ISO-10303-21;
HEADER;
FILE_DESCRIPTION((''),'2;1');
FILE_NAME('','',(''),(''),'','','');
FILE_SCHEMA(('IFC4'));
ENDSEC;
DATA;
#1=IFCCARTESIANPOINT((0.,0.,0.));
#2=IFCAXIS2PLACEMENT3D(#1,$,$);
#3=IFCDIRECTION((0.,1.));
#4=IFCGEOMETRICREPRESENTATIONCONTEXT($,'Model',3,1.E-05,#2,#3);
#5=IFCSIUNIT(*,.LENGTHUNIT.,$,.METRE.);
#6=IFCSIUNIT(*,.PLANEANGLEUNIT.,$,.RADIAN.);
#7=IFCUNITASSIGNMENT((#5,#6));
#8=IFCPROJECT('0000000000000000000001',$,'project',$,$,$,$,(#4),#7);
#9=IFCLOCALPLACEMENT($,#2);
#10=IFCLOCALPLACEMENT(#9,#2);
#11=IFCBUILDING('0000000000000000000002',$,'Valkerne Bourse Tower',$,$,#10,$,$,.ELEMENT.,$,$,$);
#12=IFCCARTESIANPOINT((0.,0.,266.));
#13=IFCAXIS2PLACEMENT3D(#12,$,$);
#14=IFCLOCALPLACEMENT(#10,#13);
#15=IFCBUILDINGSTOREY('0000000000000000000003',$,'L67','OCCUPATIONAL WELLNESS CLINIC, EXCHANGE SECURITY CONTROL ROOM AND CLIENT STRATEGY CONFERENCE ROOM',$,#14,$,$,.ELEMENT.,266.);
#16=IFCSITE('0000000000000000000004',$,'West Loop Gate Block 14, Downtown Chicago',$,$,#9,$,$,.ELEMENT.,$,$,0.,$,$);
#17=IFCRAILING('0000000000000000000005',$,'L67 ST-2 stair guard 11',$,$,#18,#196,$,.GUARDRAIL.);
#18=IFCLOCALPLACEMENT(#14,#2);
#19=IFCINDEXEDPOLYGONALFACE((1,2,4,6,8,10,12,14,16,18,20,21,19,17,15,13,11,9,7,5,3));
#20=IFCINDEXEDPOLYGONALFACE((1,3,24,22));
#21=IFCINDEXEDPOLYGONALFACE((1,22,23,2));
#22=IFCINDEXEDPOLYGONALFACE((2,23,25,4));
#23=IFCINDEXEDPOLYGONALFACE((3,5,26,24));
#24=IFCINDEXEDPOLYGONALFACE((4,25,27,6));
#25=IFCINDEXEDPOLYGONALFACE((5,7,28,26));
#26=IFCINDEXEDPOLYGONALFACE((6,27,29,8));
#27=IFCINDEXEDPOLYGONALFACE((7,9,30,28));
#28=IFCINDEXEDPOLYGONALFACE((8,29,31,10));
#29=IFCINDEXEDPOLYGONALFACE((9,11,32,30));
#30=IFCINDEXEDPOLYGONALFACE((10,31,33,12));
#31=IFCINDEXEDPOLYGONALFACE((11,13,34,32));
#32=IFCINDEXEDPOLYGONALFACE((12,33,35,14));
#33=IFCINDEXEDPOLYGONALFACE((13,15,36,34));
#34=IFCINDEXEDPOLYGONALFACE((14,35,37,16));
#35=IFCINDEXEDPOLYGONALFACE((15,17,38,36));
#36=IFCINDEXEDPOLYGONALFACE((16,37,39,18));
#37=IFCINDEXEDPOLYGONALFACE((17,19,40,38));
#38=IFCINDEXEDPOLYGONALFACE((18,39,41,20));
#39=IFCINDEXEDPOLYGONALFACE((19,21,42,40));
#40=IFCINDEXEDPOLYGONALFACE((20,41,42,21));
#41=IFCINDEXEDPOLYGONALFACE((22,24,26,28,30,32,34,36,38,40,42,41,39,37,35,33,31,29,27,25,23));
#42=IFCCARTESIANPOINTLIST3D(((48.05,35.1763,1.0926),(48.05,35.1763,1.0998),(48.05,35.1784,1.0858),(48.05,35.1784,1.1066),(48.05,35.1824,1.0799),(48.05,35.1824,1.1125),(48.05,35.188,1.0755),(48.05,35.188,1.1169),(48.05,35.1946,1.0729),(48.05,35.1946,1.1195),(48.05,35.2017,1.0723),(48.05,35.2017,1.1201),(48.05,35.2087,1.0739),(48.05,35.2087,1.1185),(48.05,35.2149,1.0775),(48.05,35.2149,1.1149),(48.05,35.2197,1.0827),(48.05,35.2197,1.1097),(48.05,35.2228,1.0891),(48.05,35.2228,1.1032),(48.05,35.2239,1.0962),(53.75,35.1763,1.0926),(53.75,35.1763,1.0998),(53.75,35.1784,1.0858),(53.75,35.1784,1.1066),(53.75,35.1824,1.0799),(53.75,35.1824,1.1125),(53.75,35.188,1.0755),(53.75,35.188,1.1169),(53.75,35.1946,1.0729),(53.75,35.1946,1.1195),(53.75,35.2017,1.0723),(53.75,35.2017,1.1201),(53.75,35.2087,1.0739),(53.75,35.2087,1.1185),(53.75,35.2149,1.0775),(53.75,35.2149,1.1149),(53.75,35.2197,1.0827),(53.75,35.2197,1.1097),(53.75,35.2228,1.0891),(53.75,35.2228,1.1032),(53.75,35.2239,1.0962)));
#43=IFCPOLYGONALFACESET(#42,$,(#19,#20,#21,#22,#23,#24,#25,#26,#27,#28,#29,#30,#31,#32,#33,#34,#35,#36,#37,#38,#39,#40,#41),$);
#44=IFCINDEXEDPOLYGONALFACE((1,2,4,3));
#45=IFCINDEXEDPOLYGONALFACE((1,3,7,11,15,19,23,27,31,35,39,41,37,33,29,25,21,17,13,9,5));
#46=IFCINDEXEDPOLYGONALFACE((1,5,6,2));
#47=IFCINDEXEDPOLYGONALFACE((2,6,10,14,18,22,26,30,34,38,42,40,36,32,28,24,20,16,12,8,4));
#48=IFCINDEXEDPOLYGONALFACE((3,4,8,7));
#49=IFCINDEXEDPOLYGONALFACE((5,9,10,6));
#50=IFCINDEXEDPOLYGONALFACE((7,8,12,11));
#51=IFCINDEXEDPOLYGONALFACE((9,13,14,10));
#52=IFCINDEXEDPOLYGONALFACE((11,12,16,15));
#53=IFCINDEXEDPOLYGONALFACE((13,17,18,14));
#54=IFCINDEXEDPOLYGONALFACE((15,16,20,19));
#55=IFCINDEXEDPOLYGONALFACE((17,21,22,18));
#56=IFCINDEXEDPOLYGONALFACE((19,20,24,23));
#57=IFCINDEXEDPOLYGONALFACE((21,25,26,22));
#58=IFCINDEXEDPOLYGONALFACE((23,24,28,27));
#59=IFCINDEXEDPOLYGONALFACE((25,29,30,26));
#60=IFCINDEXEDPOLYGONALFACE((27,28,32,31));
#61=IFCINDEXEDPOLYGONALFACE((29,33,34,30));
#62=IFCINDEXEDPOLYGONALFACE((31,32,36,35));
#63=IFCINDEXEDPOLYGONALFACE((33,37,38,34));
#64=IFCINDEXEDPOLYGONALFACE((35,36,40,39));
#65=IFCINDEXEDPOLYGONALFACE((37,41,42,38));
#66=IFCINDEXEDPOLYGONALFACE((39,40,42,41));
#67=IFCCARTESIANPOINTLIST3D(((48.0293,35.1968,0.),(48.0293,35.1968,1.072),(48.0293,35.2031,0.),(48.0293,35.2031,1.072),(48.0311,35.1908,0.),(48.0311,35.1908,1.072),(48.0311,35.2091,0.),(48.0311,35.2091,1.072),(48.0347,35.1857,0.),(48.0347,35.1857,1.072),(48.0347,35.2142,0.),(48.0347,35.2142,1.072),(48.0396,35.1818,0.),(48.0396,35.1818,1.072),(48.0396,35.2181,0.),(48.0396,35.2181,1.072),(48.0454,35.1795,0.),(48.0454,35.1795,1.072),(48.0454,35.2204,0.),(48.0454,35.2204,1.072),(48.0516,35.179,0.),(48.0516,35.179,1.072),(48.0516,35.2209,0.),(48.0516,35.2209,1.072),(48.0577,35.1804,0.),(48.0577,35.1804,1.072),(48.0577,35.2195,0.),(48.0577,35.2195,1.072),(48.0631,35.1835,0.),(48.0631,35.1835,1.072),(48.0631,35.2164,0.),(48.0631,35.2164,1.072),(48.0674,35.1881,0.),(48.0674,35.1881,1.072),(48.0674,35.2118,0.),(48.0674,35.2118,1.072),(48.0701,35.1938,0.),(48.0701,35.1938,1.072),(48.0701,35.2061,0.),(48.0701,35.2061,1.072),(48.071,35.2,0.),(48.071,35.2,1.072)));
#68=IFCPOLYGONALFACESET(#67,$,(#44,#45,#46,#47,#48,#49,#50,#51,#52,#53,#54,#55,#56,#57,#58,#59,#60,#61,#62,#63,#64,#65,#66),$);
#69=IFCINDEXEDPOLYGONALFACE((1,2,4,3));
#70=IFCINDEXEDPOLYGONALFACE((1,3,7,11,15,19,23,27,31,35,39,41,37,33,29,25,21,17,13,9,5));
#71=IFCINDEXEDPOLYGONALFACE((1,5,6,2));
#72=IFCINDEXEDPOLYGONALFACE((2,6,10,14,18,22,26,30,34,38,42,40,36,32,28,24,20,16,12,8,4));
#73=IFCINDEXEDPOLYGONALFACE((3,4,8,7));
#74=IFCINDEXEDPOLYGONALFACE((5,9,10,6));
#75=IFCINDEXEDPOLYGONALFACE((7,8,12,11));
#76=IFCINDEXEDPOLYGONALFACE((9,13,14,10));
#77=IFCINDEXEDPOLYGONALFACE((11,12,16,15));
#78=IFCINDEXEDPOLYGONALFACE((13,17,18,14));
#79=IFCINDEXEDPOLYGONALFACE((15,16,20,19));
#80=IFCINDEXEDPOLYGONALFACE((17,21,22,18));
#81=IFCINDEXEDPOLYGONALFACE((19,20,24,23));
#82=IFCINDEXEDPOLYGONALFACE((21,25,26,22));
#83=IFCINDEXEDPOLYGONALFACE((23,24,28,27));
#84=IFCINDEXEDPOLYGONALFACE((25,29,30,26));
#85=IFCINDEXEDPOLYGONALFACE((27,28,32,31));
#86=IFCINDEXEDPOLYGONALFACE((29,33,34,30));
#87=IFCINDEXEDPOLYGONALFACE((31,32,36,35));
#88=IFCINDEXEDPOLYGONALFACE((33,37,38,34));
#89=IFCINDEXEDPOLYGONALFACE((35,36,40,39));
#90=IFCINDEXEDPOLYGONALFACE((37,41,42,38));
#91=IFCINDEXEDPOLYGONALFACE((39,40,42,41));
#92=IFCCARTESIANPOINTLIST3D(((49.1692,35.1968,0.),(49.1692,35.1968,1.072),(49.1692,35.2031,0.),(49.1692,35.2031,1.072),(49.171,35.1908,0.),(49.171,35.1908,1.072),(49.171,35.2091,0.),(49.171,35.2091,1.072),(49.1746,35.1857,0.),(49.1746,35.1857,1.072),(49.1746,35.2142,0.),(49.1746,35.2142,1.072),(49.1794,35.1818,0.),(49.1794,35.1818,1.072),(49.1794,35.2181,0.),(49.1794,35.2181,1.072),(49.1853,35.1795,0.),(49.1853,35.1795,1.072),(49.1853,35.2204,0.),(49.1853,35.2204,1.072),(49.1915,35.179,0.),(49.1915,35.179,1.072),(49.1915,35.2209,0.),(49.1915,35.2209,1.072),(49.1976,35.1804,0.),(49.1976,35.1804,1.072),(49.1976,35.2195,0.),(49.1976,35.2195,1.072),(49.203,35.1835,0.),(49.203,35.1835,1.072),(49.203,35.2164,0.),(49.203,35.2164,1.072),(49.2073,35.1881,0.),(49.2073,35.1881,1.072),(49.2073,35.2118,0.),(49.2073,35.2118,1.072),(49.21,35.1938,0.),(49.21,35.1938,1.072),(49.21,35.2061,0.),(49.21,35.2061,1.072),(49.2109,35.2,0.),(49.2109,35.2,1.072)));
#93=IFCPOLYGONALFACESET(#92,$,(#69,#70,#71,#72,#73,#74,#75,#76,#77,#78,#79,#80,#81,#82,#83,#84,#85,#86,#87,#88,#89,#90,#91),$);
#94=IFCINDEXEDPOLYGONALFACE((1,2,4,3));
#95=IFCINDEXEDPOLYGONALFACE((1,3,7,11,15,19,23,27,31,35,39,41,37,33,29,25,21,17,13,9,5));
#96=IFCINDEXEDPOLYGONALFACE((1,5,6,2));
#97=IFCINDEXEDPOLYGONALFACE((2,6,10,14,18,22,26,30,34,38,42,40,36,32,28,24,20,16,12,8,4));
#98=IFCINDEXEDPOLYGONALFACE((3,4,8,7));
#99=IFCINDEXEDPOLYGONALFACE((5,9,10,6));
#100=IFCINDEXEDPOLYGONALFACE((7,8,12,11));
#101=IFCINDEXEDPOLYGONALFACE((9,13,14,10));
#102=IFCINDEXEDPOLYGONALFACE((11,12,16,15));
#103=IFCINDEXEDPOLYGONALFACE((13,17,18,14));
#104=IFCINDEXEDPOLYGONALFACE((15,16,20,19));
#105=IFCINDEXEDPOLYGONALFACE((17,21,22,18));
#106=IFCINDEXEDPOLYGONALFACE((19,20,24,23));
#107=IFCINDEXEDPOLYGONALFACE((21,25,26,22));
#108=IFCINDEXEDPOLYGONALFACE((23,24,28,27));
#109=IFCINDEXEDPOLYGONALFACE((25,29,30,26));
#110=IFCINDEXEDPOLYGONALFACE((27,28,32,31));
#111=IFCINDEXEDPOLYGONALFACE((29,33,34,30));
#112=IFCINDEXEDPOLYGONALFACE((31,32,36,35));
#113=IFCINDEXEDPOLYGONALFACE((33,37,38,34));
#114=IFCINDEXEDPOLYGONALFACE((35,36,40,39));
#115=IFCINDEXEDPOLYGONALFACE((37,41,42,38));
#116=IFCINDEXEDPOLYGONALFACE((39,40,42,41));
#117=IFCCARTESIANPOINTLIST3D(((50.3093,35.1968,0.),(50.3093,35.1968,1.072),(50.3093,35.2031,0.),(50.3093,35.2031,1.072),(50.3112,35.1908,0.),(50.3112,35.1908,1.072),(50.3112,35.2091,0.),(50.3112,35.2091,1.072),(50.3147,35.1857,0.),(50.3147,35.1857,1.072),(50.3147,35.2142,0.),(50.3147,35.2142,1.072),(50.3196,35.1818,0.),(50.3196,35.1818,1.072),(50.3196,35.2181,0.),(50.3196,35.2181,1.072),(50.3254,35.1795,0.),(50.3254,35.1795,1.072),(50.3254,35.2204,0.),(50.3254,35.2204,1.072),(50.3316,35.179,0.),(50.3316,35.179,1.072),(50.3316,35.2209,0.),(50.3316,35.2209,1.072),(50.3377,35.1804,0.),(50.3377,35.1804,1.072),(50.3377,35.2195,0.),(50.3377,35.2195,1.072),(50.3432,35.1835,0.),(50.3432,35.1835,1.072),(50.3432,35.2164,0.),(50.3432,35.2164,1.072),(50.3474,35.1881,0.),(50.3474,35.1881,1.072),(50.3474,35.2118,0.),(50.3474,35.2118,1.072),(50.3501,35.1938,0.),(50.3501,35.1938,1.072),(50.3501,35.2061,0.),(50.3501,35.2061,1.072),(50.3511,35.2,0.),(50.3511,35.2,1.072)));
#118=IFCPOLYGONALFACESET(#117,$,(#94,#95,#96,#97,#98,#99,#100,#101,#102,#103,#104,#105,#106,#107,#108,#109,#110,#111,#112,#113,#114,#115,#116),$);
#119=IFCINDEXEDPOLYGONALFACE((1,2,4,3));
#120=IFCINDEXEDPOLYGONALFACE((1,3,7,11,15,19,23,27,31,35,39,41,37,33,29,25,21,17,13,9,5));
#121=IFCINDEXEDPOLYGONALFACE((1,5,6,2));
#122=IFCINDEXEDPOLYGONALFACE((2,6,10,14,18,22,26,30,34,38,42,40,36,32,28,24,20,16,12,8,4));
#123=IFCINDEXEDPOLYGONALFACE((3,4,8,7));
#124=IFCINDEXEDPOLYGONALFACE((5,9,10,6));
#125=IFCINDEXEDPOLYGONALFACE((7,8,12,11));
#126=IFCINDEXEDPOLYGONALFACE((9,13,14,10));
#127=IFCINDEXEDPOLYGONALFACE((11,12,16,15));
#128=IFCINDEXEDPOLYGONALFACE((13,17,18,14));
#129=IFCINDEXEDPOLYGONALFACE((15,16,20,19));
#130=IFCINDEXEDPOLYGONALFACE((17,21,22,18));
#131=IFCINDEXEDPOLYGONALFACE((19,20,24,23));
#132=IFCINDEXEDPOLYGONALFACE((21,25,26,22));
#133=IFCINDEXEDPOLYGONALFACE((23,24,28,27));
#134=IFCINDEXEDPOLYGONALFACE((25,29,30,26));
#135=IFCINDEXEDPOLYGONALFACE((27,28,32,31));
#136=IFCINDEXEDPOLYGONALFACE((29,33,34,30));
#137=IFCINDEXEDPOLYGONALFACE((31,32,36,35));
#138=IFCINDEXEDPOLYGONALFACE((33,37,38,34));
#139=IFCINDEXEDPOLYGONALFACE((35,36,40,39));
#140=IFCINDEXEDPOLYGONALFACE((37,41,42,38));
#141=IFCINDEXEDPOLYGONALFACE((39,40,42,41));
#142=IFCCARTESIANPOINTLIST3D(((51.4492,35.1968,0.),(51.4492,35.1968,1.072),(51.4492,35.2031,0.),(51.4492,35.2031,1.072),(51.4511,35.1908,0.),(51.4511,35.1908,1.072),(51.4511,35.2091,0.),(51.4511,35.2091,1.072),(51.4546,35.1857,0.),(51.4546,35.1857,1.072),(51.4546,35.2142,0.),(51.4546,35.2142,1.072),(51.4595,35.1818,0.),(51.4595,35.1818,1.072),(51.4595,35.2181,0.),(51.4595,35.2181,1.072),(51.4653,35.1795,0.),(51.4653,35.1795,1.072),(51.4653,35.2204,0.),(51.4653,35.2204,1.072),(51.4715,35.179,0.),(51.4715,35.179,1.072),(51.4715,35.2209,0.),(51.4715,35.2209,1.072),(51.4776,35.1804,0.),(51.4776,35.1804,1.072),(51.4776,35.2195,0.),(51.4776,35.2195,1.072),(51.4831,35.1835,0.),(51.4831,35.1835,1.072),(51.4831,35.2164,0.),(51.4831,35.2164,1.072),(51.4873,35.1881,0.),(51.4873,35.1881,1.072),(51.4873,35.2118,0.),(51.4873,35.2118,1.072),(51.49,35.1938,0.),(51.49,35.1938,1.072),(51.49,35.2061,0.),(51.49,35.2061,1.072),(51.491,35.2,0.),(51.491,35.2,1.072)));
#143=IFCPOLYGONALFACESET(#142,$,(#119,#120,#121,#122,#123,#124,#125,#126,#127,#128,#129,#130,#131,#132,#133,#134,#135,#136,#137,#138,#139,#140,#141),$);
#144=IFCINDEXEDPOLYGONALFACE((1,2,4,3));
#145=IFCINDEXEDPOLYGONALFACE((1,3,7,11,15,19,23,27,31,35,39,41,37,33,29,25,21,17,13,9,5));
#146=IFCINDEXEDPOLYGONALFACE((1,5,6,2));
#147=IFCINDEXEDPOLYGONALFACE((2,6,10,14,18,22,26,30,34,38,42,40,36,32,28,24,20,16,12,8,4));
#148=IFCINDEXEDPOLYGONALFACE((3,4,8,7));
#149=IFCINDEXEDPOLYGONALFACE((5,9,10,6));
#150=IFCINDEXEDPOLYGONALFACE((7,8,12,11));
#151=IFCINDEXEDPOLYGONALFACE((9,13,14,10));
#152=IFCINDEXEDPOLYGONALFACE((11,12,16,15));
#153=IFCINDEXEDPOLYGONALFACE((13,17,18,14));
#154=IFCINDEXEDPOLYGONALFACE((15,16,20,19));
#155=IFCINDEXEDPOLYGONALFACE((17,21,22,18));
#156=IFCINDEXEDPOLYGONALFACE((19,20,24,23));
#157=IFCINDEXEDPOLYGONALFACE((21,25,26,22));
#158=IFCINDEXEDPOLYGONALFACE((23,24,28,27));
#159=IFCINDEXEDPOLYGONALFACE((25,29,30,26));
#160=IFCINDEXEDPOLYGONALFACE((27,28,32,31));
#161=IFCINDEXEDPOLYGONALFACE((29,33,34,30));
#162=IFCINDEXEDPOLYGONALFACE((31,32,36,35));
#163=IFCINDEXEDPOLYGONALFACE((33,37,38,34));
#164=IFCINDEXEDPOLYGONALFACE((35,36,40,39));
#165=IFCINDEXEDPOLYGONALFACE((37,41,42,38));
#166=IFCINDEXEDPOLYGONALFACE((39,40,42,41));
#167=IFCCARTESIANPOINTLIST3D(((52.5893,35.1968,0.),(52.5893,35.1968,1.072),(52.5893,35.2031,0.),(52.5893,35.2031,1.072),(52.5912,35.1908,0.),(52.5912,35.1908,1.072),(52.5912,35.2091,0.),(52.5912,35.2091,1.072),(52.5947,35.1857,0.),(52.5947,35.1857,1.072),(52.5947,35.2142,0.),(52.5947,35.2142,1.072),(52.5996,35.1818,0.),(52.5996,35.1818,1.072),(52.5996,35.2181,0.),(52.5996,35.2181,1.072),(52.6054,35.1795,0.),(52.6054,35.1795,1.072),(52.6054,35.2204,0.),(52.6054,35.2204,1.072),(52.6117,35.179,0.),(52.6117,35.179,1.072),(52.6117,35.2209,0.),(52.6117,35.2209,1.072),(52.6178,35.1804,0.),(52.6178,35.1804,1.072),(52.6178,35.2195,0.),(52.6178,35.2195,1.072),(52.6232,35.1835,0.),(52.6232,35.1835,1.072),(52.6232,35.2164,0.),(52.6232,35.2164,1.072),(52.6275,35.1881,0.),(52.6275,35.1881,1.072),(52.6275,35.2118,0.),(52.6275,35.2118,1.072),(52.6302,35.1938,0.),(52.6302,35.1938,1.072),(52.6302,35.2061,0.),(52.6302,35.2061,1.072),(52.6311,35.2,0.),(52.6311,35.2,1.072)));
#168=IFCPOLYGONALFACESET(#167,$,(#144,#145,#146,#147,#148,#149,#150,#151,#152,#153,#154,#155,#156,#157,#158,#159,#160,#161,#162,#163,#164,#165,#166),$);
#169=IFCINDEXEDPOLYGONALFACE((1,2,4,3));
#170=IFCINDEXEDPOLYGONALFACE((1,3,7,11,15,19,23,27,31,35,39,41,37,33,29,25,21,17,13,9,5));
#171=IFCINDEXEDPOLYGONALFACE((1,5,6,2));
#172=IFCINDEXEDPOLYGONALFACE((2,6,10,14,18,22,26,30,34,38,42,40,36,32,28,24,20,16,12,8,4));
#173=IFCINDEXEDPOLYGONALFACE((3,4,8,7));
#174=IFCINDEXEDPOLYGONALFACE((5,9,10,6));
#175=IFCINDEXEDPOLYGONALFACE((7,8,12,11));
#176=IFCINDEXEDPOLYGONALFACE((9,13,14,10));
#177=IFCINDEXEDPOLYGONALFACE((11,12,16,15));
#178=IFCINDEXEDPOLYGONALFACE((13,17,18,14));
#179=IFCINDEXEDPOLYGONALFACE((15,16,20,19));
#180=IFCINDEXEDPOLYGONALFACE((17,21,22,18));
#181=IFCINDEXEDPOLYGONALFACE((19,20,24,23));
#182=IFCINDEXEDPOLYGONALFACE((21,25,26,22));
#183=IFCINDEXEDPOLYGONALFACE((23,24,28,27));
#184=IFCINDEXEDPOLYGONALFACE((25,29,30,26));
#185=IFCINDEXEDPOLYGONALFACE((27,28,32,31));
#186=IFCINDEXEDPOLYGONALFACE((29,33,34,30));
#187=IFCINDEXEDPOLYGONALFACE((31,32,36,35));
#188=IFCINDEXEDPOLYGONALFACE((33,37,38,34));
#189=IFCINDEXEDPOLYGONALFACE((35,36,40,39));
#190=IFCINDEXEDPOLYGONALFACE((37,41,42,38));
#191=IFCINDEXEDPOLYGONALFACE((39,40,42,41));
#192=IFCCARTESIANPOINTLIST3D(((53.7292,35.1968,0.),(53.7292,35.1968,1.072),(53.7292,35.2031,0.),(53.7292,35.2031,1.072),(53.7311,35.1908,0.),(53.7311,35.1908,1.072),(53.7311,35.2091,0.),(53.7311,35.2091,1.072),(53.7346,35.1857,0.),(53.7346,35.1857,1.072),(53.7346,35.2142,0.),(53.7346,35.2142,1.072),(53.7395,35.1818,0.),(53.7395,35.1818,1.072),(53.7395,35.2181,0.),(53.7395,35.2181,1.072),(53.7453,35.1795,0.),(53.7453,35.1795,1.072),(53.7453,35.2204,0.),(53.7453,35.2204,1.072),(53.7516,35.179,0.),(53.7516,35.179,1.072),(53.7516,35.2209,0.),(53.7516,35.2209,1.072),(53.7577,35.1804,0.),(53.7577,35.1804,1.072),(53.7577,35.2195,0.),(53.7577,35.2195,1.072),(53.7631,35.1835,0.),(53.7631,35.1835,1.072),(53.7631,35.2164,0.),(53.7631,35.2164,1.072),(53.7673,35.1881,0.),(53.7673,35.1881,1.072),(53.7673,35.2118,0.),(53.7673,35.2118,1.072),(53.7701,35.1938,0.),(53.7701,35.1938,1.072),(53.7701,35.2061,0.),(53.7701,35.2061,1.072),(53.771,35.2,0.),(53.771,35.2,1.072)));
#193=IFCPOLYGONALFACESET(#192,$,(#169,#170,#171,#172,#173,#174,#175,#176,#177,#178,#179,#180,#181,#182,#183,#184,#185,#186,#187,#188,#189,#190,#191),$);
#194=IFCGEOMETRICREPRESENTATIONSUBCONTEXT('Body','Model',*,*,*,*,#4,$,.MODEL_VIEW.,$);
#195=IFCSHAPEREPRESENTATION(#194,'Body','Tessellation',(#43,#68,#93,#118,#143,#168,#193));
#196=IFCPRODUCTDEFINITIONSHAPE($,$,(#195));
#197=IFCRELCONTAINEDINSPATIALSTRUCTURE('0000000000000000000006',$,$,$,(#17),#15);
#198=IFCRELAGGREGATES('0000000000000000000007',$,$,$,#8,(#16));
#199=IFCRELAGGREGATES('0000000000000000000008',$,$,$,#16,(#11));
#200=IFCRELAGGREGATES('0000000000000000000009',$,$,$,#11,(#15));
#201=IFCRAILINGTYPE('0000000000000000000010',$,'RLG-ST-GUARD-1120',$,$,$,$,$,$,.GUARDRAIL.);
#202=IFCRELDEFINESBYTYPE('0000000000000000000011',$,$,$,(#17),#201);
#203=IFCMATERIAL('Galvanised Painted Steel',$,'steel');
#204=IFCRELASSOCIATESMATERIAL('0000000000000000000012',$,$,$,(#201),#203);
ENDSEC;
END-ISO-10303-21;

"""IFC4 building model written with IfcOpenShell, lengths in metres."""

from ifc_helpers import new_model, si_unit, direction, frame, origin, origin_2d, place, context, subcontext, project, spatial, circle, extrude, material, type_object, element, save


model = new_model("IFC4")

# Units and contexts
model_context = context("Model", 3, precision=1e-05, world=origin(), true_north=direction((0.0, 1.0)))
body_context = subcontext(model_context, "Body", "Model", "MODEL_VIEW")
ifc_project = project(units=[si_unit("LENGTHUNIT", "METRE"), si_unit("PLANEANGLEUNIT", "RADIAN")], contexts=[model_context])

# Site, building, storey
site_placement = place(None, origin())
site = spatial("IfcSite", under=ifc_project, at=site_placement, Name="West Loop Gate Block 14, Downtown Chicago", CompositionType="ELEMENT", RefElevation=0.0)
building_placement = place(site_placement, origin())
building = spatial("IfcBuilding", under=site, at=building_placement, Name="Valkerne Bourse Tower", CompositionType="ELEMENT")
storey_placement = place(building_placement, frame((0.0, 0.0, 266.0)))
storey = spatial("IfcBuildingStorey", under=building, at=storey_placement, Name="L67", Description="OCCUPATIONAL WELLNESS CLINIC, EXCHANGE SECURITY CONTROL ROOM AND CLIENT STRATEGY CONFERENCE ROOM", CompositionType="ELEMENT", Elevation=266.0)

# Shared definitions
ifc_material_1 = material(Name="Galvanised Painted Steel", Category="steel")

# Railing
railing_type_1 = type_object("IfcRailingType", Name="RLG-ST-GUARD-1120", PredefinedType="GUARDRAIL", material=ifc_material_1)
for number, where, name in (
    (1, (48.05, 35.2, 0.0), "L67 ST-2 stair guard 11"),
):
    element("IfcRailing", number, at=place(storey_placement, frame(where)), inside=storey, type_object=railing_type_1, Name=name, PredefinedType="GUARDRAIL", context=body_context, shape_type="SweptSolid", body=[
        extrude(circle(Radius=0.0239, at=origin_2d()), frame((0.0, 0.0, 1.0962), z_axis=(1.0, 0.0, 0.0), x_axis=(0.0, 1.0, 0.0)), (0.0, 0.0, 1.0), 5.7),
        extrude(circle(Radius=0.021, at=origin_2d()), origin(), (0.0, 0.0, 1.0), 1.072),
        extrude(circle(Radius=0.021, at=origin_2d()), frame((1.1399, 0.0, 0.0)), (0.0, 0.0, 1.0), 1.072),
        extrude(circle(Radius=0.021, at=origin_2d()), frame((2.28, 0.0, 0.0)), (0.0, 0.0, 1.0), 1.072),
        extrude(circle(Radius=0.021, at=origin_2d()), frame((3.4199, 0.0, 0.0)), (0.0, 0.0, 1.0), 1.072),
        extrude(circle(Radius=0.021, at=origin_2d()), frame((4.5601, 0.0, 0.0)), (0.0, 0.0, 1.0), 1.072),
        extrude(circle(Radius=0.021, at=origin_2d()), frame((5.7, 0.0, 0.0)), (0.0, 0.0, 1.0), 1.072),
    ])

save(model, "model.ifc")
